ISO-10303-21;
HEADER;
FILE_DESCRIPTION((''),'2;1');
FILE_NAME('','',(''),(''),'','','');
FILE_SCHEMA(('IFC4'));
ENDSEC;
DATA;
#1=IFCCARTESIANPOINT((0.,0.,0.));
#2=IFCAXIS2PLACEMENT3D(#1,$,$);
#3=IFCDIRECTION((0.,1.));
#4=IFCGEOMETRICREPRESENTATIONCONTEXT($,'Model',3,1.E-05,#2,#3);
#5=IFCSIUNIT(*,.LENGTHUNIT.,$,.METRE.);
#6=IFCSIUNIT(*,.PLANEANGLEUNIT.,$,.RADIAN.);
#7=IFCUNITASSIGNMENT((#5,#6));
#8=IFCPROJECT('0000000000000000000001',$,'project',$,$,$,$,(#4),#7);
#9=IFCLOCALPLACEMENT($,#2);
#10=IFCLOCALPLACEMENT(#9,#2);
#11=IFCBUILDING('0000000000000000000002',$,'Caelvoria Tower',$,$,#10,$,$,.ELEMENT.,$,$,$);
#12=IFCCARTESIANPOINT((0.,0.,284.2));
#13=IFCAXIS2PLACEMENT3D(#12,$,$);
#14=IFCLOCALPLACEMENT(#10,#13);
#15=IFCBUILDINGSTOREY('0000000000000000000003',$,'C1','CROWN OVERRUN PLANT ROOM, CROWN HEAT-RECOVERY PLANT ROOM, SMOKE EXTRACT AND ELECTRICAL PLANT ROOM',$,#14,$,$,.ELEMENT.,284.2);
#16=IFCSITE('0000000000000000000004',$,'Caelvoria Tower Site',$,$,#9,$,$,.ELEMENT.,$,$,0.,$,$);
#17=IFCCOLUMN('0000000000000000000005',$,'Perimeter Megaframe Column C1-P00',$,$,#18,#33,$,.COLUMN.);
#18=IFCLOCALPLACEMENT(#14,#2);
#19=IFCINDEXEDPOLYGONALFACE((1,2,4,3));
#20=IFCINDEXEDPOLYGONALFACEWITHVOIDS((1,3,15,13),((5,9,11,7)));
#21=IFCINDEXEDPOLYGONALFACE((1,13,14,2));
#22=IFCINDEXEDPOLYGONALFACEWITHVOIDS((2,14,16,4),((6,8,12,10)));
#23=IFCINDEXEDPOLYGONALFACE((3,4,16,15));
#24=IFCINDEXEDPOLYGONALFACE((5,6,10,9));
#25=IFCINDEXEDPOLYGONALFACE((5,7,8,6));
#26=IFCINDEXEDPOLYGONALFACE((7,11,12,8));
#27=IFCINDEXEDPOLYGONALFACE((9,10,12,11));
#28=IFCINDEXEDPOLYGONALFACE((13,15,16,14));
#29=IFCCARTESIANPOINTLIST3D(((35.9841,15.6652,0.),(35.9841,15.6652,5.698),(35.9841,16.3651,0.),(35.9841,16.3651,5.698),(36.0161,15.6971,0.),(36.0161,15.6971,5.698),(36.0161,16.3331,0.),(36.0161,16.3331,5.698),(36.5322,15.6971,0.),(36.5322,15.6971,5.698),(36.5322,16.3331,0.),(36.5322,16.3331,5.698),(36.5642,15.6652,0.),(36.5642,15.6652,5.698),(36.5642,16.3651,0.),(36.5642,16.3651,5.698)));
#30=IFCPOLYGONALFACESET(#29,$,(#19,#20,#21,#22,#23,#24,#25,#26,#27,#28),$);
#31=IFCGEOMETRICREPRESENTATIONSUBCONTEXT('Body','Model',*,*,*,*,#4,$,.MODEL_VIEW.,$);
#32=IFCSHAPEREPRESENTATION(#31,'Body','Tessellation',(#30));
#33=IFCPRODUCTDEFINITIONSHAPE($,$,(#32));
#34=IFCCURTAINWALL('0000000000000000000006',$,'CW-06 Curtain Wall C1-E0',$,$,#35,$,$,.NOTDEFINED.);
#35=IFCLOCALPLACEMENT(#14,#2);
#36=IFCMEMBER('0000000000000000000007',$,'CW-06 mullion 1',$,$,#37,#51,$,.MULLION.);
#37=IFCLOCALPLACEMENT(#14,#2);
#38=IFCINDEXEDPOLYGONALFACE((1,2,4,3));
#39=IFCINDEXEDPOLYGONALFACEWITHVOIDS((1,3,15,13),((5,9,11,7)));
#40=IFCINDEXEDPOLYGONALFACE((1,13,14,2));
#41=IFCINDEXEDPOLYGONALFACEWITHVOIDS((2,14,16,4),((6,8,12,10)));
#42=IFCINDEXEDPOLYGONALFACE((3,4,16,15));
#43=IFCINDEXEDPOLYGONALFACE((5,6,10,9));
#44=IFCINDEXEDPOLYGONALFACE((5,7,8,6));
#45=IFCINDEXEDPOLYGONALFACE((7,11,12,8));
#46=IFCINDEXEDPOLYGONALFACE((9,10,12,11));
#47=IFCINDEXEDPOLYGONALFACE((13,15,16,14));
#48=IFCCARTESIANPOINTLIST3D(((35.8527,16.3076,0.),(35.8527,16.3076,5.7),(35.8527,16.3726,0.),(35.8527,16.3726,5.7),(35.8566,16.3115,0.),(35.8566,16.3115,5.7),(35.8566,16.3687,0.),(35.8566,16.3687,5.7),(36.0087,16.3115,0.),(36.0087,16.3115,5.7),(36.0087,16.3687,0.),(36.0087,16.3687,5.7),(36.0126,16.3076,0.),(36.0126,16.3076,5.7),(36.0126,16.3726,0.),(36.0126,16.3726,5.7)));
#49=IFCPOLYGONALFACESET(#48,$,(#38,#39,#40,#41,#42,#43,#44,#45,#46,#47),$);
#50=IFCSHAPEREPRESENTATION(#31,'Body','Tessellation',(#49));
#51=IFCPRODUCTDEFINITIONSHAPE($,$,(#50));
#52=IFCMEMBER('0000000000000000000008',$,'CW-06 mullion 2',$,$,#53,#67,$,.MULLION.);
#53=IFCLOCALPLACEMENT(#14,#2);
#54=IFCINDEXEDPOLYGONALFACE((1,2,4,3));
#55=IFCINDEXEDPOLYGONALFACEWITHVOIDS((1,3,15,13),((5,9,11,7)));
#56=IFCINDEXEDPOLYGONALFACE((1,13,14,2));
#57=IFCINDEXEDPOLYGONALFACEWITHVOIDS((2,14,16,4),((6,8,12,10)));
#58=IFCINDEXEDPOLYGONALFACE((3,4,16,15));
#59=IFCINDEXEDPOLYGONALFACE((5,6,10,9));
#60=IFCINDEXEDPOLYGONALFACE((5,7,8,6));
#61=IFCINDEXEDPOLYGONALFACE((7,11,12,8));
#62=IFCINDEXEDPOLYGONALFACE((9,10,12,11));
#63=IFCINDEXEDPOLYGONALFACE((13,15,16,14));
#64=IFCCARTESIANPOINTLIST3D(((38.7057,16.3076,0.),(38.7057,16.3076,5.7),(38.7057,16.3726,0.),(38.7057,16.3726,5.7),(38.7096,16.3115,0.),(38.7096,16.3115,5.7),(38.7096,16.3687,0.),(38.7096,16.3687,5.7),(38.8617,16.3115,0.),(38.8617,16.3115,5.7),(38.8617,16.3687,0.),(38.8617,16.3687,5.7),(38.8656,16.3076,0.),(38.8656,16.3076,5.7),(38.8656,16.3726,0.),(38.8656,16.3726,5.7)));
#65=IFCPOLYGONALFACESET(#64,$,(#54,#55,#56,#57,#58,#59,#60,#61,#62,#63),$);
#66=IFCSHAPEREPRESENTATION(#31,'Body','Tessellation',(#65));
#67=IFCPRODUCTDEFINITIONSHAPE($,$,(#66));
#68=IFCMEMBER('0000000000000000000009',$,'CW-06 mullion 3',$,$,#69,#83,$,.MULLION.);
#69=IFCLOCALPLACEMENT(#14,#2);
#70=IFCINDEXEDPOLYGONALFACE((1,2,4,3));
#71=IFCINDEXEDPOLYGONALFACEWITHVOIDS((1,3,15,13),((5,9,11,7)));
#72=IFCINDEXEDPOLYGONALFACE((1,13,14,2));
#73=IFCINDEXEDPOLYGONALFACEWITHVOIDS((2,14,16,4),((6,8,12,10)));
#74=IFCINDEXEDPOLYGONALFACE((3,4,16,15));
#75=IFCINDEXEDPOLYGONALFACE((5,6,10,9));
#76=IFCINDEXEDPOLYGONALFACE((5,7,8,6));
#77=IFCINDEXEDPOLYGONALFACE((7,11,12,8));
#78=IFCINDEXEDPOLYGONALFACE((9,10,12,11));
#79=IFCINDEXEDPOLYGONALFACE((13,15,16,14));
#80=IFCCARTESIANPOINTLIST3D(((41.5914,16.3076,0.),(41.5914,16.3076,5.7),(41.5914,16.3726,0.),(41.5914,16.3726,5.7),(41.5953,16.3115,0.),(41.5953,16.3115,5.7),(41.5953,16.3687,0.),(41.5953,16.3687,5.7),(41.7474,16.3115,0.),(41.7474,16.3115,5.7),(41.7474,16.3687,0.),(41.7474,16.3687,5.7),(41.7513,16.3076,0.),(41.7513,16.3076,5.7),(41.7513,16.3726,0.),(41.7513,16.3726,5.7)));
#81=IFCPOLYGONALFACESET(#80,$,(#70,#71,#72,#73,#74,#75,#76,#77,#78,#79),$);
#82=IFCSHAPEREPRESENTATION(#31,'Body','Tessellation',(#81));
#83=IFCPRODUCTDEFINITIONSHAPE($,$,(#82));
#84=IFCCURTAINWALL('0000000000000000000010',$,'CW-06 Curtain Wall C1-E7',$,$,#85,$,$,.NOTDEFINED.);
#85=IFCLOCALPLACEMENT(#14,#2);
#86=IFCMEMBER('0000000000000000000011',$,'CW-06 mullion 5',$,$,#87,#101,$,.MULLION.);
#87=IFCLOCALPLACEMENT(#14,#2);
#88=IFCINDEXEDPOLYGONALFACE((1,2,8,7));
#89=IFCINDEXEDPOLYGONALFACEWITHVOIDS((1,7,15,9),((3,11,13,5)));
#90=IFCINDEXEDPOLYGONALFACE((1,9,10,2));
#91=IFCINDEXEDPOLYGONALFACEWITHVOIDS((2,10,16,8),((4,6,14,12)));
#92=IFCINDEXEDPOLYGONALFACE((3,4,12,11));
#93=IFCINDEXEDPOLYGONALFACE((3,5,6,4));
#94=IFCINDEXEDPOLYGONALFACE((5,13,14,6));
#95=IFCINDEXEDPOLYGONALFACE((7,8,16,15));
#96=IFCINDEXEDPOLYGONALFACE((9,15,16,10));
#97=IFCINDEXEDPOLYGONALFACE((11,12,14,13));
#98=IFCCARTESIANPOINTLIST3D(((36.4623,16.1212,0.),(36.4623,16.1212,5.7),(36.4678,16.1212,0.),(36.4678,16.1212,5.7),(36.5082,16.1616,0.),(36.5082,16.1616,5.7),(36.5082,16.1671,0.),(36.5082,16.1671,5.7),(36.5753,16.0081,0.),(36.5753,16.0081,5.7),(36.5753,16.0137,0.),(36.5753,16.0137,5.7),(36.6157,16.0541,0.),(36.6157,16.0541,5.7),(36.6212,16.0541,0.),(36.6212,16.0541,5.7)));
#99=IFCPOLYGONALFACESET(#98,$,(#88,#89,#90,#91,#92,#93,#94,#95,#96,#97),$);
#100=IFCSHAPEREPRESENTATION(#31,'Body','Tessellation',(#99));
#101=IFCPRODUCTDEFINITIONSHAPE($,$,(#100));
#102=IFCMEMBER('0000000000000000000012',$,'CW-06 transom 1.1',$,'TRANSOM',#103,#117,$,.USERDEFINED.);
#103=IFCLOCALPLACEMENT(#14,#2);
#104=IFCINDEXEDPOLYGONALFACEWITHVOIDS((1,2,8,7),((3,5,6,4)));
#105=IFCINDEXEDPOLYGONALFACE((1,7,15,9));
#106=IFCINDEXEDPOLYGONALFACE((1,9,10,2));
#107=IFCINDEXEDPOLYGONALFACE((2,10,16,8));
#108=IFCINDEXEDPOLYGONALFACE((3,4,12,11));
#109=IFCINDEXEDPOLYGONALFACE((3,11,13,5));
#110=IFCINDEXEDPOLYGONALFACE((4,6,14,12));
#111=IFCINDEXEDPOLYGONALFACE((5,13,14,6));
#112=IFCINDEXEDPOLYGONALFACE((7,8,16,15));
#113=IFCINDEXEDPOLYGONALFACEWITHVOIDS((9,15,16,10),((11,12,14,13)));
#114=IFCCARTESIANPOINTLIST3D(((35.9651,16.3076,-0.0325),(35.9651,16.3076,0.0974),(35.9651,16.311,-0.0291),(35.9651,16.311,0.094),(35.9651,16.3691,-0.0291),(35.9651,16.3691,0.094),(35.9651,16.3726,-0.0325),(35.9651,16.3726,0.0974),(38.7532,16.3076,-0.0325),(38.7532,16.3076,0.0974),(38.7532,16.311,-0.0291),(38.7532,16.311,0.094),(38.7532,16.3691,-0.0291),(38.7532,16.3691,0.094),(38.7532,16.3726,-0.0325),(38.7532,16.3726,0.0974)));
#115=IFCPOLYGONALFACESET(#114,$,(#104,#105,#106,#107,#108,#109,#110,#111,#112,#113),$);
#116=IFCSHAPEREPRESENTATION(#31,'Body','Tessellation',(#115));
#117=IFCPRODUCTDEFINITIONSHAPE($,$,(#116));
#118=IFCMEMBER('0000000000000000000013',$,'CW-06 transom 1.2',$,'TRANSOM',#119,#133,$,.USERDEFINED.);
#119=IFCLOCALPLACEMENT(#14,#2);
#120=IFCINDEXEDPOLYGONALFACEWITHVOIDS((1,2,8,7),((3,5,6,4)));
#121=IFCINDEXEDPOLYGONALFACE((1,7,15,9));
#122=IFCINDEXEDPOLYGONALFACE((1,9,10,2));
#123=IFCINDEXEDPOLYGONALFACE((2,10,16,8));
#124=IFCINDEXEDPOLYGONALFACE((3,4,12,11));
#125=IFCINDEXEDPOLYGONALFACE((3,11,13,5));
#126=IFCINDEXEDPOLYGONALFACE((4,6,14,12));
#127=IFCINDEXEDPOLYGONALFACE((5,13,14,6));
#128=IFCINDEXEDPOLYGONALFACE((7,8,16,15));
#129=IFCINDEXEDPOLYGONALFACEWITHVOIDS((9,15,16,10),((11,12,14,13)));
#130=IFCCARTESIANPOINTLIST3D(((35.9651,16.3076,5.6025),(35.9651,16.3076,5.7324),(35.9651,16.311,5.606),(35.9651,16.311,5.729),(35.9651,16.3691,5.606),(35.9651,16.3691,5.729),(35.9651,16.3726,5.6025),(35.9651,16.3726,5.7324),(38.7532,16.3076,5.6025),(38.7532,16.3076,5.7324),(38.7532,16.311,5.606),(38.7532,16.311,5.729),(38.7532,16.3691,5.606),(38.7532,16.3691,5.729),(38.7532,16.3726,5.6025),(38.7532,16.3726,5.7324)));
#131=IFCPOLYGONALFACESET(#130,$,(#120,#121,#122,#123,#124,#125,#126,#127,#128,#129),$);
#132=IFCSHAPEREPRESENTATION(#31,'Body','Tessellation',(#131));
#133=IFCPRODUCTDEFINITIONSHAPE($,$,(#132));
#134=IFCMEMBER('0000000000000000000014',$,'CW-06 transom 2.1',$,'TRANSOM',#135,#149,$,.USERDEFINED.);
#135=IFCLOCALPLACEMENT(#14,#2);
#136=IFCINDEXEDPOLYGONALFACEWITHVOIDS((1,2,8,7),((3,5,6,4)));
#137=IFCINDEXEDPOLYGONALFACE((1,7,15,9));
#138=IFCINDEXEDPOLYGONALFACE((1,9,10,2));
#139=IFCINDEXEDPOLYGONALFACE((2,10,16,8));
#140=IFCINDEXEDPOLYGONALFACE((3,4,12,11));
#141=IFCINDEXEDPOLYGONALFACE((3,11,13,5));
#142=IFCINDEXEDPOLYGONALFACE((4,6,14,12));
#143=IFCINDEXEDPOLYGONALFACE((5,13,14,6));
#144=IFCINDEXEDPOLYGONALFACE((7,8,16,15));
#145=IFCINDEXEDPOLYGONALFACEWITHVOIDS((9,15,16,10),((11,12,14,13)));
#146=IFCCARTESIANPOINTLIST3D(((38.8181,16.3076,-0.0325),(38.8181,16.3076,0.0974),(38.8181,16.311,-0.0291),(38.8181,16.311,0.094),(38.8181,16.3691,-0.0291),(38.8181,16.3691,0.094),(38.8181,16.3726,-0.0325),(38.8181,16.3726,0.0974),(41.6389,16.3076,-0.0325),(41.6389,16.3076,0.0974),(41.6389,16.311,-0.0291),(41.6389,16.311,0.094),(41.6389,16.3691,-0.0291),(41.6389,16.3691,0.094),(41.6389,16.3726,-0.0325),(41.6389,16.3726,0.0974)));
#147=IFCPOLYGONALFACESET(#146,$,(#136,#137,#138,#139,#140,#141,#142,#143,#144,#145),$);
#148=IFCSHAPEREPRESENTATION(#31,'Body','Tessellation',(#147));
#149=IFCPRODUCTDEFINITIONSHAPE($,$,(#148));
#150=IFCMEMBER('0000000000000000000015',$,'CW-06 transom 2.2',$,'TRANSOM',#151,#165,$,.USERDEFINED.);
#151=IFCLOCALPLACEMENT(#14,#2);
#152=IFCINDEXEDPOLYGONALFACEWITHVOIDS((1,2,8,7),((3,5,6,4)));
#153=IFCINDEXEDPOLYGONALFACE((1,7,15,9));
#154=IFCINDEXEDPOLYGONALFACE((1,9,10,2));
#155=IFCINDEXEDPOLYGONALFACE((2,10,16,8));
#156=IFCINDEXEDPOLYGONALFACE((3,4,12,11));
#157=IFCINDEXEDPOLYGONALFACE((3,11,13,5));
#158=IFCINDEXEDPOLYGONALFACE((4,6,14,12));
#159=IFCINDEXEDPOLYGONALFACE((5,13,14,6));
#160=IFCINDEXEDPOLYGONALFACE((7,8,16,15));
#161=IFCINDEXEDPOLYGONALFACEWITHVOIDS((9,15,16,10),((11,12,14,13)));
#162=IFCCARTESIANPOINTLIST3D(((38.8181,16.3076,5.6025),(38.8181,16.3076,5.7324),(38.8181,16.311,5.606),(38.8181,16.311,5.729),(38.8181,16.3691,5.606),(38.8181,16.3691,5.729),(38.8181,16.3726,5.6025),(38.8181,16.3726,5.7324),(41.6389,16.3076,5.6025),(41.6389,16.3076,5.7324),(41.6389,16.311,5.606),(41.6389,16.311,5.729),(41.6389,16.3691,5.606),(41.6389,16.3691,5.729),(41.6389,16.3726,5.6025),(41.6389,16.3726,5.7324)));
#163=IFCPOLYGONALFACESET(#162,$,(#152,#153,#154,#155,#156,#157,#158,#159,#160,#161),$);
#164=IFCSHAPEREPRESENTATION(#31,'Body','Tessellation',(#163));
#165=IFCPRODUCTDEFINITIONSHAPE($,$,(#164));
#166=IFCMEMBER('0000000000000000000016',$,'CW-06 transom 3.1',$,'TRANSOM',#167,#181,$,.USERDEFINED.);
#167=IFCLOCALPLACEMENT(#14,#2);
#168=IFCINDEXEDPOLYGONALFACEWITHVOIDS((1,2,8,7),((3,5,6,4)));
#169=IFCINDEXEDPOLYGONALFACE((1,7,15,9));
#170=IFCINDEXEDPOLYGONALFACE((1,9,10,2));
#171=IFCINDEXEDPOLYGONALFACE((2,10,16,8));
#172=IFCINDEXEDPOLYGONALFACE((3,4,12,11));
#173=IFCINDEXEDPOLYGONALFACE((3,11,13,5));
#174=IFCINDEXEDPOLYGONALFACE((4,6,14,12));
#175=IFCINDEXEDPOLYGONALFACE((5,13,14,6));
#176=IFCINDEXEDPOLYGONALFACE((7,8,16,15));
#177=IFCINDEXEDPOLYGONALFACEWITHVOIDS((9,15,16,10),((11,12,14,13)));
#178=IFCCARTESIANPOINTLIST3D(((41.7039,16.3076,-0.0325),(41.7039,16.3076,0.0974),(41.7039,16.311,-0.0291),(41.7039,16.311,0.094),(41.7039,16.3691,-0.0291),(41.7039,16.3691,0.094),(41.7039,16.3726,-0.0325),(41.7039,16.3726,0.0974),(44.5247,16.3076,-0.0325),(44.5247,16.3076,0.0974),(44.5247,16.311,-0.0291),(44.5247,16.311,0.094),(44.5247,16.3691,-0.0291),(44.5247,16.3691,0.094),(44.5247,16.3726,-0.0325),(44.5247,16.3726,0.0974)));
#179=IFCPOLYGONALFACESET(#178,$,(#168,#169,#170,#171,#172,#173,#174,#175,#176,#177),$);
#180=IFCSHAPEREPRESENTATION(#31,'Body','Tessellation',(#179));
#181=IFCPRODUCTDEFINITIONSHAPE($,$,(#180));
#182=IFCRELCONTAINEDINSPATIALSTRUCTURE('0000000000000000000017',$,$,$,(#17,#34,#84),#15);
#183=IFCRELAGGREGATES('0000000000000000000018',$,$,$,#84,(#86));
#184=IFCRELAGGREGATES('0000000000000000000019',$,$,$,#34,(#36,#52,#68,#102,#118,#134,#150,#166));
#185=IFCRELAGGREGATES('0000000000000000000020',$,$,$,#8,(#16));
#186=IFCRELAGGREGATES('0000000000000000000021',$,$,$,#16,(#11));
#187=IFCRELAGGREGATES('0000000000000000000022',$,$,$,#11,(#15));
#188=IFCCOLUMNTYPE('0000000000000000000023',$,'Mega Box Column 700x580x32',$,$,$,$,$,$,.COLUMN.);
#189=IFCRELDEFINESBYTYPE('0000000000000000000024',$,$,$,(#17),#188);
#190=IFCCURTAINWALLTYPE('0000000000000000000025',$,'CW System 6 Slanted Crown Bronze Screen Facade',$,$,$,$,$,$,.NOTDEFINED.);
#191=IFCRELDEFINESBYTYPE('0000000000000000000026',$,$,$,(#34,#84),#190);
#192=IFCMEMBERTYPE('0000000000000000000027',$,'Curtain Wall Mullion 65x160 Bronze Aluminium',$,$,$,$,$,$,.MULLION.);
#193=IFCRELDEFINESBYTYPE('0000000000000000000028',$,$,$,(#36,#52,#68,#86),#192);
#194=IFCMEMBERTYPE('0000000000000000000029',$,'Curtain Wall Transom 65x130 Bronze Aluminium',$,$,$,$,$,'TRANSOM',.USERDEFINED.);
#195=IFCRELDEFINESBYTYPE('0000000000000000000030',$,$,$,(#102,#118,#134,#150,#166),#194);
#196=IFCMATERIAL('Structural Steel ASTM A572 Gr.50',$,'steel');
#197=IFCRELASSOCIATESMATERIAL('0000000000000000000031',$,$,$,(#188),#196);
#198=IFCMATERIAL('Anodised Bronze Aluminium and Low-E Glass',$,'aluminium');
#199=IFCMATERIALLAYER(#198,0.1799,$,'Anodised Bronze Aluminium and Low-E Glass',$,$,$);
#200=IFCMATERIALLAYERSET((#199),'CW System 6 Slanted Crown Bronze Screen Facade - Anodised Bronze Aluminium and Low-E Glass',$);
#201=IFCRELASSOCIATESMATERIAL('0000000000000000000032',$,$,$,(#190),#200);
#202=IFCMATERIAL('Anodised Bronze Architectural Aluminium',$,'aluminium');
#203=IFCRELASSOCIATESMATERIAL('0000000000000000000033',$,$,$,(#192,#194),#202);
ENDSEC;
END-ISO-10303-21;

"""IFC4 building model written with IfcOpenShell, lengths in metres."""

from ifc_helpers import new_model, si_unit, direction, frame, origin, origin_2d, place, context, subcontext, project, spatial, hollow_rectangle, extrude, material, layer, layer_set, material_profile, profile_set, type_object, element, aggregate, save


model = new_model("IFC4")

# Units and contexts
model_context = context("Model", 3, precision=1e-05, world=origin(), true_north=direction((0.0, 1.0)))
body_context = subcontext(model_context, "Body", "Model", "MODEL_VIEW")
ifc_project = project(units=[si_unit("LENGTHUNIT", "METRE"), si_unit("PLANEANGLEUNIT", "RADIAN")], contexts=[model_context])

# Site, building, storey
site_placement = place(None, origin())
site = spatial("IfcSite", under=ifc_project, at=site_placement, Name="Caelvoria Tower Site", CompositionType="ELEMENT", RefElevation=0.0)
building_placement = place(site_placement, origin())
building = spatial("IfcBuilding", under=site, at=building_placement, Name="Caelvoria Tower", CompositionType="ELEMENT")
storey_placement = place(building_placement, frame((0.0, 0.0, 284.2)))
storey = spatial("IfcBuildingStorey", under=building, at=storey_placement, Name="C1", Description="CROWN OVERRUN PLANT ROOM, CROWN HEAT-RECOVERY PLANT ROOM, SMOKE EXTRACT AND ELECTRICAL PLANT ROOM", CompositionType="ELEMENT", Elevation=284.2)

# Column
ifc_material_1 = material(Name="Structural Steel ASTM A572 Gr.50", Category="steel")
ifc_material_profile_1 = material_profile(ifc_material_1, hollow_rectangle(XDim=0.5801, YDim=0.7, WallThickness=0.032, at=origin_2d()), Name="Structural Steel ASTM A572 Gr.50")
ifc_profile_set_1 = profile_set([ifc_material_profile_1], Name="BOX700X580X32 - Structural Steel ASTM A572 Gr.50")
column_type = type_object("IfcColumnType", Name="Mega Box Column 700x580x32", PredefinedType="COLUMN", material=ifc_profile_set_1)
column_placement = place(storey_placement, frame((36.2742, 16.0151, 0.0), z_axis=(0.0, 0.0, 1.0), x_axis=(1.0, 0.0, 0.0)))
element("IfcColumn", 1, at=column_placement, inside=storey, type_object=column_type, Name="Perimeter Megaframe Column C1-P00", PredefinedType="COLUMN", context=body_context, shape_type="SweptSolid", body=[
    extrude(hollow_rectangle(XDim=0.5801, YDim=0.7, WallThickness=0.032, at=origin_2d()), origin(), (0.0, 0.0, 1.0), 5.698),
])

# Curtain wall, members
ifc_material_2 = material(Name="Anodised Bronze Aluminium and Low-E Glass", Category="aluminium")
ifc_layer_1 = layer(ifc_material_2, 0.1799, Name="Anodised Bronze Aluminium and Low-E Glass")
ifc_layer_set_1 = layer_set([ifc_layer_1], Name="CW System 6 Slanted Crown Bronze Screen Facade - Anodised Bronze Aluminium and Low-E Glass")
curtain_wall_type = type_object("IfcCurtainWallType", Name="CW System 6 Slanted Crown Bronze Screen Facade", PredefinedType="NOTDEFINED", material=ifc_layer_set_1)
curtain_wall_1_placement = place(storey_placement, origin())
curtain_wall_1 = element("IfcCurtainWall", 2, at=curtain_wall_1_placement, inside=storey, type_object=curtain_wall_type, Name="CW-06 Curtain Wall C1-E0", PredefinedType="NOTDEFINED")
ifc_material_3 = material(Name="Anodised Bronze Architectural Aluminium", Category="aluminium")
ifc_material_profile_2 = material_profile(ifc_material_3, hollow_rectangle(XDim=0.0649, YDim=0.1599, WallThickness=0.0039, at=origin_2d()), Name="Anodised Bronze Architectural Aluminium")
ifc_profile_set_2 = profile_set([ifc_material_profile_2], Name="CW_MULL_65X160 - Anodised Bronze Architectural Aluminium")
member_type_1 = type_object("IfcMemberType", Name="Curtain Wall Mullion 65x160 Bronze Aluminium", PredefinedType="MULLION", material=ifc_profile_set_2)
member_1_placement = place(storey_placement, frame((35.9326, 16.3401, 0.0), z_axis=(0.0, 0.0, 1.0), x_axis=(0.0, 1.0, 0.0)))
member_1 = element("IfcMember", 3, at=member_1_placement, type_object=member_type_1, Name="CW-06 mullion 1", PredefinedType="MULLION", context=body_context, shape_type="SweptSolid", body=[
    extrude(hollow_rectangle(XDim=0.0649, YDim=0.1599, WallThickness=0.0039, at=origin_2d()), origin(), (0.0, 0.0, 1.0), 5.7),
])
member_2_placement = place(storey_placement, frame((38.7856, 16.3401, 0.0), z_axis=(0.0, 0.0, 1.0), x_axis=(0.0, 1.0, 0.0)))
member_2 = element("IfcMember", 4, at=member_2_placement, type_object=member_type_1, Name="CW-06 mullion 2", PredefinedType="MULLION", context=body_context, shape_type="SweptSolid", body=[
    extrude(hollow_rectangle(XDim=0.0649, YDim=0.1599, WallThickness=0.0039, at=origin_2d()), origin(), (0.0, 0.0, 1.0), 5.7),
])
member_3_placement = place(storey_placement, frame((41.6714, 16.3401, 0.0), z_axis=(0.0, 0.0, 1.0), x_axis=(0.0, 1.0, 0.0)))
member_3 = element("IfcMember", 5, at=member_3_placement, type_object=member_type_1, Name="CW-06 mullion 3", PredefinedType="MULLION", context=body_context, shape_type="SweptSolid", body=[
    extrude(hollow_rectangle(XDim=0.0649, YDim=0.1599, WallThickness=0.0039, at=origin_2d()), origin(), (0.0, 0.0, 1.0), 5.7),
])

# Curtain wall, member
curtain_wall_2_placement = place(storey_placement, origin())
curtain_wall_2 = element("IfcCurtainWall", 6, at=curtain_wall_2_placement, inside=storey, type_object=curtain_wall_type, Name="CW-06 Curtain Wall C1-E7", PredefinedType="NOTDEFINED")
member_4_placement = place(storey_placement, frame((36.5417, 16.0876, 0.0), z_axis=(0.0, 0.0, 1.0), x_axis=(0.707107, 0.707107, 0.0)))
member_4 = element("IfcMember", 7, at=member_4_placement, type_object=member_type_1, Name="CW-06 mullion 5", PredefinedType="MULLION", context=body_context, shape_type="SweptSolid", body=[
    extrude(hollow_rectangle(XDim=0.0649, YDim=0.1599, WallThickness=0.0039, at=origin_2d()), origin(), (0.0, 0.0, 1.0), 5.7),
])
aggregate(curtain_wall_2, [member_4])

# Members
ifc_material_profile_3 = material_profile(ifc_material_3, hollow_rectangle(XDim=0.0649, YDim=0.1299, WallThickness=0.0034, at=origin_2d()), Name="Anodised Bronze Architectural Aluminium")
ifc_profile_set_3 = profile_set([ifc_material_profile_3], Name="CW_TRAN_65X130 - Anodised Bronze Architectural Aluminium")
member_type_2 = type_object("IfcMemberType", Name="Curtain Wall Transom 65x130 Bronze Aluminium", ElementType="TRANSOM", PredefinedType="USERDEFINED", material=ifc_profile_set_3)
member_5_placement = place(storey_placement, frame((35.9651, 16.3401, 0.0325), z_axis=(1.0, 0.0, 0.0), x_axis=(0.0, 1.0, 0.0)))
member_5 = element("IfcMember", 8, at=member_5_placement, type_object=member_type_2, Name="CW-06 transom 1.1", ObjectType="TRANSOM", PredefinedType="USERDEFINED", context=body_context, shape_type="SweptSolid", body=[
    extrude(hollow_rectangle(XDim=0.0649, YDim=0.1299, WallThickness=0.0034, at=origin_2d()), origin(), (0.0, 0.0, 1.0), 2.7881),
])
member_6_placement = place(storey_placement, frame((35.9651, 16.3401, 5.6675), z_axis=(1.0, 0.0, 0.0), x_axis=(0.0, 1.0, 0.0)))
member_6 = element("IfcMember", 9, at=member_6_placement, type_object=member_type_2, Name="CW-06 transom 1.2", ObjectType="TRANSOM", PredefinedType="USERDEFINED", context=body_context, shape_type="SweptSolid", body=[
    extrude(hollow_rectangle(XDim=0.0649, YDim=0.1299, WallThickness=0.0034, at=origin_2d()), origin(), (0.0, 0.0, 1.0), 2.7881),
])
member_7_placement = place(storey_placement, frame((38.8181, 16.3401, 0.0325), z_axis=(1.0, 0.0, 0.0), x_axis=(0.0, 1.0, 0.0)))
member_7 = element("IfcMember", 10, at=member_7_placement, type_object=member_type_2, Name="CW-06 transom 2.1", ObjectType="TRANSOM", PredefinedType="USERDEFINED", context=body_context, shape_type="SweptSolid", body=[
    extrude(hollow_rectangle(XDim=0.0649, YDim=0.1299, WallThickness=0.0034, at=origin_2d()), origin(), (0.0, 0.0, 1.0), 2.8208),
])
member_8_placement = place(storey_placement, frame((38.8181, 16.3401, 5.6675), z_axis=(1.0, 0.0, 0.0), x_axis=(0.0, 1.0, 0.0)))
member_8 = element("IfcMember", 11, at=member_8_placement, type_object=member_type_2, Name="CW-06 transom 2.2", ObjectType="TRANSOM", PredefinedType="USERDEFINED", context=body_context, shape_type="SweptSolid", body=[
    extrude(hollow_rectangle(XDim=0.0649, YDim=0.1299, WallThickness=0.0034, at=origin_2d()), origin(), (0.0, 0.0, 1.0), 2.8208),
])
member_9_placement = place(storey_placement, frame((41.7039, 16.3401, 0.0325), z_axis=(1.0, 0.0, 0.0), x_axis=(0.0, 1.0, 0.0)))
member_9 = element("IfcMember", 12, at=member_9_placement, type_object=member_type_2, Name="CW-06 transom 3.1", ObjectType="TRANSOM", PredefinedType="USERDEFINED", context=body_context, shape_type="SweptSolid", body=[
    extrude(hollow_rectangle(XDim=0.0649, YDim=0.1299, WallThickness=0.0034, at=origin_2d()), origin(), (0.0, 0.0, 1.0), 2.8208),
])

aggregate(curtain_wall_1, [member_1, member_2, member_3, member_5, member_6, member_7, member_8, member_9])

save(model, "model.ifc")
